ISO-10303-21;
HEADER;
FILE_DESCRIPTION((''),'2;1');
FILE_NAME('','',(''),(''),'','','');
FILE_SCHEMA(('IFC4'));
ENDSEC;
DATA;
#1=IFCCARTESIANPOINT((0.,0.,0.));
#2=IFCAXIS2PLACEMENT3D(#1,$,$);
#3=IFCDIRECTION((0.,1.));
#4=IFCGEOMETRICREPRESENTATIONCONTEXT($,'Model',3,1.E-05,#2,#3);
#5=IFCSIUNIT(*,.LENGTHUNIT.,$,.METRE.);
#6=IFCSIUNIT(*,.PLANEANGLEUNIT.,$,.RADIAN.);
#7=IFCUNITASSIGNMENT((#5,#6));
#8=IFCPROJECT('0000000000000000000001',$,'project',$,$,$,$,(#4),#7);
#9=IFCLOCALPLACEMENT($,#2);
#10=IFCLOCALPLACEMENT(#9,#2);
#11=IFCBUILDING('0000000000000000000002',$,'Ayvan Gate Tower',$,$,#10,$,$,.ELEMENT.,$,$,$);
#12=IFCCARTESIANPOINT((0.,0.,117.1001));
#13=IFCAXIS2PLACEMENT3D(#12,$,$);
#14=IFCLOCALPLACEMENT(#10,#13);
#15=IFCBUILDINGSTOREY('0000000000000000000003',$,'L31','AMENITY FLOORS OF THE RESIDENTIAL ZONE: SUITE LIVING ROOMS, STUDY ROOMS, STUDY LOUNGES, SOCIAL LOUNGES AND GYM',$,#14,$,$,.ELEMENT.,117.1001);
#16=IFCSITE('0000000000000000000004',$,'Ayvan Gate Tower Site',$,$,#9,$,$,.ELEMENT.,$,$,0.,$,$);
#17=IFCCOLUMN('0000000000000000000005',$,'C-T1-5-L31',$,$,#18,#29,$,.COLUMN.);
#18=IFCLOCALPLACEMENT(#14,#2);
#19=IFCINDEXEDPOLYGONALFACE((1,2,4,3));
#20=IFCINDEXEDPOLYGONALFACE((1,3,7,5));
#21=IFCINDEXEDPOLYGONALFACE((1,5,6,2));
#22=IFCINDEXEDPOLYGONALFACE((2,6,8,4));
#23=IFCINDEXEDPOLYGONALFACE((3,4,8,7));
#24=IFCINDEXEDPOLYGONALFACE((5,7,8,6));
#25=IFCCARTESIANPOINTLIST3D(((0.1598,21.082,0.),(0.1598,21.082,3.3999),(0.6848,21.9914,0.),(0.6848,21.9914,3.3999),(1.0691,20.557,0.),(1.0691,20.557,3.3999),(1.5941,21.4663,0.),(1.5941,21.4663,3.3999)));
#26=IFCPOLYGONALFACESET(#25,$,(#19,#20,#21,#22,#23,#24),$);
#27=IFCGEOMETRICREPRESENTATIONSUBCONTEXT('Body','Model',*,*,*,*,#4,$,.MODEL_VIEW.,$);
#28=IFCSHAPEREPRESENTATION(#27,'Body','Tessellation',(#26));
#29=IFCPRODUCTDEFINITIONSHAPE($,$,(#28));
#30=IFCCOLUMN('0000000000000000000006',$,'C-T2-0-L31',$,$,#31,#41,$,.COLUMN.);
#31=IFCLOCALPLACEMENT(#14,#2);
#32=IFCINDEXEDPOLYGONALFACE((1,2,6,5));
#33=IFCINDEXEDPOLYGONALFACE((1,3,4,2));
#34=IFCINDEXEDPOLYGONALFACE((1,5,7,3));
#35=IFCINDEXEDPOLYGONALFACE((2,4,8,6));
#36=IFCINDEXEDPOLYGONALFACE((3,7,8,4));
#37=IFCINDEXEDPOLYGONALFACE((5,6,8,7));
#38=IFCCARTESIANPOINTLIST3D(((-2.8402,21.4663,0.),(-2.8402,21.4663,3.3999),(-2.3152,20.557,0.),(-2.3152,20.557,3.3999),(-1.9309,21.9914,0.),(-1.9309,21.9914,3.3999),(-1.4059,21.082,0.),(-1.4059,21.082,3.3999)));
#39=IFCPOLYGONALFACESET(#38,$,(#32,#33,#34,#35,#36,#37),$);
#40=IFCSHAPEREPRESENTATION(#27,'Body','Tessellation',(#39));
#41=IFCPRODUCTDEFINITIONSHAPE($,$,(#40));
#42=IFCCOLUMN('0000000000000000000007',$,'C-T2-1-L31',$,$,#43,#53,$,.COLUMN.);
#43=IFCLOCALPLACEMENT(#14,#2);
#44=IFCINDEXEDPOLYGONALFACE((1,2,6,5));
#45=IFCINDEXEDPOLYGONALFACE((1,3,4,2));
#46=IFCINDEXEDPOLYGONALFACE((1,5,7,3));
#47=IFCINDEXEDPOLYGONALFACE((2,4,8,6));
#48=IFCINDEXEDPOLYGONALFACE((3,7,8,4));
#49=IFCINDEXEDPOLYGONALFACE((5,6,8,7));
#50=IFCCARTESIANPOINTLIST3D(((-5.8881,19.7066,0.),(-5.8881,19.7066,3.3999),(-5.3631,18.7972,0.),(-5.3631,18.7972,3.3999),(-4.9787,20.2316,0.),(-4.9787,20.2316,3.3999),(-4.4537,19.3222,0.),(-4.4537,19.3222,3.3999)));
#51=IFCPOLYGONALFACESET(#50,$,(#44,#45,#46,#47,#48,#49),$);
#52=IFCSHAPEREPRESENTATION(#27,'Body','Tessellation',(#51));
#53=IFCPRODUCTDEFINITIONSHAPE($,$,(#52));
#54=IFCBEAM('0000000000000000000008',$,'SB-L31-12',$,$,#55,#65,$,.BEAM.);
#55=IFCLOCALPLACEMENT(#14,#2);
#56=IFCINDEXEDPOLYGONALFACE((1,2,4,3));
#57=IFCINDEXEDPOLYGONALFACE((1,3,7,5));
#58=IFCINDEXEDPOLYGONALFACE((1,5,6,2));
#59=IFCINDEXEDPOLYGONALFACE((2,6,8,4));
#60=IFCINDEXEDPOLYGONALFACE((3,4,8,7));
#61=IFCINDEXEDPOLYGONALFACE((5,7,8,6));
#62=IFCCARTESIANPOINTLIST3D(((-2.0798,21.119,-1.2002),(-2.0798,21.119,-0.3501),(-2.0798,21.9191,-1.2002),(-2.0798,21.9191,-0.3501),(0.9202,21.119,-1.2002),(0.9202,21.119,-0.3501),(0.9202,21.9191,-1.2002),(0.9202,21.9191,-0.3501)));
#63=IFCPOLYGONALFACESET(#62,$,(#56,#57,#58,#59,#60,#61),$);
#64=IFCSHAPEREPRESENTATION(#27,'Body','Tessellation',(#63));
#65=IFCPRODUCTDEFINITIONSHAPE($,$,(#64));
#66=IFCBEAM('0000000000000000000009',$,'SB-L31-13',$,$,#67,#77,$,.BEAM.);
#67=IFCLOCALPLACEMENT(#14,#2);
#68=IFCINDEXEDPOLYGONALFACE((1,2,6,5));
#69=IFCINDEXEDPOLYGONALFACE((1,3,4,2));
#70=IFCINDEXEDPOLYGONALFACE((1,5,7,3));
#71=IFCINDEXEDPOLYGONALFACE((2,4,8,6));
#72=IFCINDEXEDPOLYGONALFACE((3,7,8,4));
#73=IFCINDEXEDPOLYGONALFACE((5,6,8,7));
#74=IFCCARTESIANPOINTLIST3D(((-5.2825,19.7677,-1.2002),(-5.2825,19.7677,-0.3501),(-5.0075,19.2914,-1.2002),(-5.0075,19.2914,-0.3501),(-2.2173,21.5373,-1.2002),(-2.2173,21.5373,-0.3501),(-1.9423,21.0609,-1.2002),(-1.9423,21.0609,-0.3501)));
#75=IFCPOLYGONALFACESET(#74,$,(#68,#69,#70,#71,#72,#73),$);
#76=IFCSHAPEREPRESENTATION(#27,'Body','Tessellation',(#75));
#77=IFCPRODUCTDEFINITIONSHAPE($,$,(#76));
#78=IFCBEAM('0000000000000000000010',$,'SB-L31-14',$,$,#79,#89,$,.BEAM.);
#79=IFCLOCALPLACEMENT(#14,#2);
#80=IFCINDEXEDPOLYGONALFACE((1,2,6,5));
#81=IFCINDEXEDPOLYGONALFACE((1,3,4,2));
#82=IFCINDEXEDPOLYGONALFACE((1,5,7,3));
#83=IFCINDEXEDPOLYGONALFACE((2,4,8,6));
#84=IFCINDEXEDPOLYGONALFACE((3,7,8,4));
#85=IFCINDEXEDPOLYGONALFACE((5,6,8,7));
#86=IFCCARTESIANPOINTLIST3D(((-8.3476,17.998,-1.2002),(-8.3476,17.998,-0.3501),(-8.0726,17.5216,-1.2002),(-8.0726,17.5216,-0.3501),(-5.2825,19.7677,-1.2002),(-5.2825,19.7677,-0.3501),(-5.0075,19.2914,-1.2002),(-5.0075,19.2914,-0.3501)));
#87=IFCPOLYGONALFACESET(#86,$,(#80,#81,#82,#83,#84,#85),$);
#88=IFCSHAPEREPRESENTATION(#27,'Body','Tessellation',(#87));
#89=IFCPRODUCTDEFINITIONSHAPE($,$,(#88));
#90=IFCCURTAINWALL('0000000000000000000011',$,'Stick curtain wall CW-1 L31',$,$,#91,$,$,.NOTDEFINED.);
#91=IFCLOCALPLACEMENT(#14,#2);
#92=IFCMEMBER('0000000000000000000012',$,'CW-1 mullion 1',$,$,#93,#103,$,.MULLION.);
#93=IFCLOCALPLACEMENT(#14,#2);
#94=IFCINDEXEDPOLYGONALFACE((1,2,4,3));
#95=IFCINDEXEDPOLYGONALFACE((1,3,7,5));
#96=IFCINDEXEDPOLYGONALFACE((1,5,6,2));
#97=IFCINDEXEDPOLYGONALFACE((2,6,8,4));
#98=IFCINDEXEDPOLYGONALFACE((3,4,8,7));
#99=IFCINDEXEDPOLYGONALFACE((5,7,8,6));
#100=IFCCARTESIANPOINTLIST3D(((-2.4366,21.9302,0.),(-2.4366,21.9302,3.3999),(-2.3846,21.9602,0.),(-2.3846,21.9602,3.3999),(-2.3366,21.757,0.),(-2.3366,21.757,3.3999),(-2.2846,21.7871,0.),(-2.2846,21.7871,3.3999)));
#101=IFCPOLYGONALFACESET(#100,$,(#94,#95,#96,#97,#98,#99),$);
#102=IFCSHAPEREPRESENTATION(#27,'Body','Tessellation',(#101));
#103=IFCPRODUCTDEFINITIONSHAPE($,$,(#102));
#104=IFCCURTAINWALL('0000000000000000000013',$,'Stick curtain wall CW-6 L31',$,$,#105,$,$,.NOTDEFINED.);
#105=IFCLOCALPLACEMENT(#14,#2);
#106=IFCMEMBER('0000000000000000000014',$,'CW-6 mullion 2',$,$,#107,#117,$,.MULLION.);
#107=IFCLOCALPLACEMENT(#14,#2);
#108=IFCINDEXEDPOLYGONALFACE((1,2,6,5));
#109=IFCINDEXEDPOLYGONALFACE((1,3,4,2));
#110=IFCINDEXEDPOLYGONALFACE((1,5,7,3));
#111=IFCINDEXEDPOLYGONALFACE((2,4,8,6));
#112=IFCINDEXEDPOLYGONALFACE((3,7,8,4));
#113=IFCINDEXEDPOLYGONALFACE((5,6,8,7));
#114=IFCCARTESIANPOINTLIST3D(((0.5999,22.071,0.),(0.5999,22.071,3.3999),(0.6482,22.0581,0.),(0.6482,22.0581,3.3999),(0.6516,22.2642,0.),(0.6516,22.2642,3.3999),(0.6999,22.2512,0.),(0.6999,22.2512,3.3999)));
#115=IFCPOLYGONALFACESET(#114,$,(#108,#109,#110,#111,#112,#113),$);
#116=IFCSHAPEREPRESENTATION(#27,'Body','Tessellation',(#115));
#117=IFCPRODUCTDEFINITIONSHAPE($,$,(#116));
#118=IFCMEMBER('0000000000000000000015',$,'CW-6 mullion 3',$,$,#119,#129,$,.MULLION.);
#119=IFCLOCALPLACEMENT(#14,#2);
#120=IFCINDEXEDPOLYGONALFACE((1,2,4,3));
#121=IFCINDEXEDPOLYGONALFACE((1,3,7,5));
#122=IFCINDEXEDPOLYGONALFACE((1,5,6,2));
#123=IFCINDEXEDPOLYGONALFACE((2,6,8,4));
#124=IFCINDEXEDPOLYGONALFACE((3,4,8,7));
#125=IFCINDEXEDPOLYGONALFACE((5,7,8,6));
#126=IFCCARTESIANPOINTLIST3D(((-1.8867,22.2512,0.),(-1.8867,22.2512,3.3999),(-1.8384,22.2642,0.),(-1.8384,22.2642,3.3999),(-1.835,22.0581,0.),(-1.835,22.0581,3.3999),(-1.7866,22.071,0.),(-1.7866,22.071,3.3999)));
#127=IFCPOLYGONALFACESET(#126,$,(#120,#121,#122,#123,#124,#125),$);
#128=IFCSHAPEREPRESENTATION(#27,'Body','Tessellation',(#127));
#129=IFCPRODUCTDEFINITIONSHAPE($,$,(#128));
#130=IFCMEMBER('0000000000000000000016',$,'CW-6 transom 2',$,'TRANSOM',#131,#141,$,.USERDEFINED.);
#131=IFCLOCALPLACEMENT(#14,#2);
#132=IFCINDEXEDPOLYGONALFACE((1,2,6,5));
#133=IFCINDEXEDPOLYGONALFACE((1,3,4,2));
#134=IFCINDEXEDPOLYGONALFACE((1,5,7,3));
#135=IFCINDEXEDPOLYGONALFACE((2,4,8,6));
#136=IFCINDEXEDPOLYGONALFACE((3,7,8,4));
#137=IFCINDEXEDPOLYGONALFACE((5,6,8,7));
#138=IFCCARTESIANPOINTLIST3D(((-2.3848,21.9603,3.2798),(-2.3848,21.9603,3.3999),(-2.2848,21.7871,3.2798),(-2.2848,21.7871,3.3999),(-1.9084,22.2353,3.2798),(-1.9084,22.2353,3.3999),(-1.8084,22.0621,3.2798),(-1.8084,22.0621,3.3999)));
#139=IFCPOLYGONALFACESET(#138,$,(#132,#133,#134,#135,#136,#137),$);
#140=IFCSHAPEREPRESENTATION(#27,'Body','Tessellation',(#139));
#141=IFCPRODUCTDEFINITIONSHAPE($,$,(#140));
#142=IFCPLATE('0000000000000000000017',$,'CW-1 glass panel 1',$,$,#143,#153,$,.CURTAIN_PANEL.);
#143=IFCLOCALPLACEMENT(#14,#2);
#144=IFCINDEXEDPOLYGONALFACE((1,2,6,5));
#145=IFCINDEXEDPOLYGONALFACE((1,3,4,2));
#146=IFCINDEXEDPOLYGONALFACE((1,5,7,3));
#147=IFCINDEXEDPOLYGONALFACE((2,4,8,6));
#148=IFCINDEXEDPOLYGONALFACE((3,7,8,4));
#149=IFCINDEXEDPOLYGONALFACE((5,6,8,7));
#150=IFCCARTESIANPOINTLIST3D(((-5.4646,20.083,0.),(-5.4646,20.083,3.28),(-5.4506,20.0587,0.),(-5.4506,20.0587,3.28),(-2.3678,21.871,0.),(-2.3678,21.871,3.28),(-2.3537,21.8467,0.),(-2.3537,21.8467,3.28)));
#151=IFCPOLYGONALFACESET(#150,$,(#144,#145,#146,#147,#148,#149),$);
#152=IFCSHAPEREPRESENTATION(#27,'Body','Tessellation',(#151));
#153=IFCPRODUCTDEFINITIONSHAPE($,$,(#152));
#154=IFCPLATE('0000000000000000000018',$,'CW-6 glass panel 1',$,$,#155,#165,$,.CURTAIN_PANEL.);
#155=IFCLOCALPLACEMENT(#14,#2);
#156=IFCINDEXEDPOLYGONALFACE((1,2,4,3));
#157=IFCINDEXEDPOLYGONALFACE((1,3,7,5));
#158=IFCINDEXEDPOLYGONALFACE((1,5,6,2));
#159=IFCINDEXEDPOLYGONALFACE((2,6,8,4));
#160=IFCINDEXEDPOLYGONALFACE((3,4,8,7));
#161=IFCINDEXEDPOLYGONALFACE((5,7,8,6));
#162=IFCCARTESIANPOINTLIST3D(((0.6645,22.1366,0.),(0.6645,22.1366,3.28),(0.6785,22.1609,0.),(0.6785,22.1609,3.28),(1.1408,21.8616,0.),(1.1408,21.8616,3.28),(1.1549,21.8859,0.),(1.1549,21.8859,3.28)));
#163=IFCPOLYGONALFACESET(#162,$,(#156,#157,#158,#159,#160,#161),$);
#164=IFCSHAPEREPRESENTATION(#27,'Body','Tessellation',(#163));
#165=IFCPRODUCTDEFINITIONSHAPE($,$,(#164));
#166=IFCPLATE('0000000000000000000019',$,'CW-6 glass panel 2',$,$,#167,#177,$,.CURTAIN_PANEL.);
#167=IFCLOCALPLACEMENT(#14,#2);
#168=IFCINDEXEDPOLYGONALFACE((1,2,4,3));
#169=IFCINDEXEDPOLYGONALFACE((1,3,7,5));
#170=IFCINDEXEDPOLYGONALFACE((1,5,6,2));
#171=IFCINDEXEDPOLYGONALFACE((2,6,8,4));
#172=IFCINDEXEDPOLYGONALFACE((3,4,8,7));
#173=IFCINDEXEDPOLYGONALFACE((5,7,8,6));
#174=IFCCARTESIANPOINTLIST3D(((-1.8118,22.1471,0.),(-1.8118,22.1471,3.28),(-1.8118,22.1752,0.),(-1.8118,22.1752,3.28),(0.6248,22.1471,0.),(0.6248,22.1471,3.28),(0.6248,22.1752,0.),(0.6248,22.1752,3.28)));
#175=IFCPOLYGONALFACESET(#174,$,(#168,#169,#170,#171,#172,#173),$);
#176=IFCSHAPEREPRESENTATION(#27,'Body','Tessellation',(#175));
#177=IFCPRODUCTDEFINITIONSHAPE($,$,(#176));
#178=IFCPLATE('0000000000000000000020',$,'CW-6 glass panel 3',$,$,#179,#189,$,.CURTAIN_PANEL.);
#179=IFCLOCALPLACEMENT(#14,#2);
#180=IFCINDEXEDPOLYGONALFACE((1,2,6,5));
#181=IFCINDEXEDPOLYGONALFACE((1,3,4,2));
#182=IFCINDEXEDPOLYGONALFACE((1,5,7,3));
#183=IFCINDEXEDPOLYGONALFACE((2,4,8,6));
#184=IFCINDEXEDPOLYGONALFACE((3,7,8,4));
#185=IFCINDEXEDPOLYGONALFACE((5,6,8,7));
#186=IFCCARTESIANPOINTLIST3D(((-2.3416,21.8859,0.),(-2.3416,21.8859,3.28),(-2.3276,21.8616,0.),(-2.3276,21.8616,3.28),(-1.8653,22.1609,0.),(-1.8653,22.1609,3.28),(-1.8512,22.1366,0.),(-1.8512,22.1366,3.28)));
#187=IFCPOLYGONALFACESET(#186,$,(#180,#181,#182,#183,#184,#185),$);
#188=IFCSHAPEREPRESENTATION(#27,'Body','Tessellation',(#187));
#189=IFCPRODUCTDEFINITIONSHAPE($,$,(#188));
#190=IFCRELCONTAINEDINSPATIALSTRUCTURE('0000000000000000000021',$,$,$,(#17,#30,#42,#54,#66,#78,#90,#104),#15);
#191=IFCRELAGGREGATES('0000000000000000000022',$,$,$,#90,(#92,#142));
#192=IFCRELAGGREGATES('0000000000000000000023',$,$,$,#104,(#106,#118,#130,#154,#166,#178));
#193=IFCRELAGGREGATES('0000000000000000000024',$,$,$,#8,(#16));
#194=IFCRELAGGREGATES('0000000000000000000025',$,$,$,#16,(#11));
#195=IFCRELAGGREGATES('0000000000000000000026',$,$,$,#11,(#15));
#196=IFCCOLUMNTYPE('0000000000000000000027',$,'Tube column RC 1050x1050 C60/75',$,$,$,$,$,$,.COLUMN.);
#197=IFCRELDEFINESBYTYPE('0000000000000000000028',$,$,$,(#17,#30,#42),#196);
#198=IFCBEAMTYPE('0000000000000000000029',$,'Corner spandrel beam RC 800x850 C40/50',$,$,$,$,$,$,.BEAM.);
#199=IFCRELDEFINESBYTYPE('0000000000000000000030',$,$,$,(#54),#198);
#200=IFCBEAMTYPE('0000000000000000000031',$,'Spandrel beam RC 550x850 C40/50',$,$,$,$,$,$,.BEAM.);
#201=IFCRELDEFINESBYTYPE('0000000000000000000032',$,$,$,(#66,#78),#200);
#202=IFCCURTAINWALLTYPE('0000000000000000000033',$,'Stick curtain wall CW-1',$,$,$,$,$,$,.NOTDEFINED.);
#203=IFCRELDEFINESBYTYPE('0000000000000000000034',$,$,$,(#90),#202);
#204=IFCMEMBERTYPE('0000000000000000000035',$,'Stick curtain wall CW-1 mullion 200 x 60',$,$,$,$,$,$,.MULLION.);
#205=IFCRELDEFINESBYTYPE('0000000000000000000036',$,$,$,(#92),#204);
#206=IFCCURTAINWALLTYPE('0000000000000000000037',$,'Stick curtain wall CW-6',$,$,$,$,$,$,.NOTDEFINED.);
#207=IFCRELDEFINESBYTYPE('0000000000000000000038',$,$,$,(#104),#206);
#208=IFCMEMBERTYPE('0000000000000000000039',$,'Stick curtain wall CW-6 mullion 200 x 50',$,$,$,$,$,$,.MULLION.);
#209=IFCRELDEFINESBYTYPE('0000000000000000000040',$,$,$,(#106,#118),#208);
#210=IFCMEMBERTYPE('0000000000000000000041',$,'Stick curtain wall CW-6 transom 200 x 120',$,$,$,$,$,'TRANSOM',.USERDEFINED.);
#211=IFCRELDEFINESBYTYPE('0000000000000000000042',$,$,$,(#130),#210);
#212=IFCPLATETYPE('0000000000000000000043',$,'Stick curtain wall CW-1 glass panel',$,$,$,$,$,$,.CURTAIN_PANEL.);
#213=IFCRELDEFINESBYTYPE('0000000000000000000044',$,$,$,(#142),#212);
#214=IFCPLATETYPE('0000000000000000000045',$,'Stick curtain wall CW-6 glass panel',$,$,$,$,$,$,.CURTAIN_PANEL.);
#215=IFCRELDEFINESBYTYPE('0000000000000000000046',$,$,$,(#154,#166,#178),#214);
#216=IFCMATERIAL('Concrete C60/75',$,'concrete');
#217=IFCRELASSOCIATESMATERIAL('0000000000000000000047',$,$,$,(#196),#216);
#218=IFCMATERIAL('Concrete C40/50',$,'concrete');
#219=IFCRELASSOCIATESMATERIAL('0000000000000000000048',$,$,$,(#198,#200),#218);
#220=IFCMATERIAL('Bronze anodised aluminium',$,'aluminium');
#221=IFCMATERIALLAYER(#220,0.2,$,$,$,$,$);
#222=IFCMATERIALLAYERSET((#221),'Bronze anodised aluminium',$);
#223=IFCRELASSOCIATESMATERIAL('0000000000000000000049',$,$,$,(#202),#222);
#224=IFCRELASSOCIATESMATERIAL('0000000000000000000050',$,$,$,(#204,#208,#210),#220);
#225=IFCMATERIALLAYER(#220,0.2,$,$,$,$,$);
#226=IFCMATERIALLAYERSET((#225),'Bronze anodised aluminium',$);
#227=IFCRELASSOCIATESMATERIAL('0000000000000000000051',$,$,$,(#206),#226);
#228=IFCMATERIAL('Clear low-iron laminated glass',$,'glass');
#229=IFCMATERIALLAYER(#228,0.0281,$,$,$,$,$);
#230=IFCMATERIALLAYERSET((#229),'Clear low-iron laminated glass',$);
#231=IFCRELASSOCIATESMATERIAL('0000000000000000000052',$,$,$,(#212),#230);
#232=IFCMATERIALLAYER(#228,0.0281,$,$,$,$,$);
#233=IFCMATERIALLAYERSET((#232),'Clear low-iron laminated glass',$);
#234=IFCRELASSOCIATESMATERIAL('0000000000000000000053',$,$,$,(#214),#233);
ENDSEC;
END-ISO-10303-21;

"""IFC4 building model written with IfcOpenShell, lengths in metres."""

from ifc_helpers import new_model, si_unit, direction, frame, origin, origin_2d, place, context, subcontext, project, spatial, rectangle, extrude, material, layer, layer_set, material_profile, profile_set, type_object, element, aggregate, save


model = new_model("IFC4")

# Units and contexts
model_context = context("Model", 3, precision=1e-05, world=origin(), true_north=direction((0.0, 1.0)))
body_context = subcontext(model_context, "Body", "Model", "MODEL_VIEW")
ifc_project = project(units=[si_unit("LENGTHUNIT", "METRE"), si_unit("PLANEANGLEUNIT", "RADIAN")], contexts=[model_context])

# Site, building, storey
site_placement = place(None, origin())
site = spatial("IfcSite", under=ifc_project, at=site_placement, Name="Ayvan Gate Tower Site", CompositionType="ELEMENT", RefElevation=0.0)
building_placement = place(site_placement, origin())
building = spatial("IfcBuilding", under=site, at=building_placement, Name="Ayvan Gate Tower", CompositionType="ELEMENT")
storey_placement = place(building_placement, frame((0.0, 0.0, 117.1001)))
storey = spatial("IfcBuildingStorey", under=building, at=storey_placement, Name="L31", Description="AMENITY FLOORS OF THE RESIDENTIAL ZONE: SUITE LIVING ROOMS, STUDY ROOMS, STUDY LOUNGES, SOCIAL LOUNGES AND GYM", CompositionType="ELEMENT", Elevation=117.1001)

# Columns
ifc_material_1 = material(Name="Concrete C60/75", Category="concrete")
ifc_material_profile_1 = material_profile(ifc_material_1, rectangle(XDim=1.05, YDim=1.05, at=origin_2d()), Name="RC 1050x1050")
ifc_profile_set_1 = profile_set([ifc_material_profile_1], Name="Concrete C60/75")
column_type = type_object("IfcColumnType", Name="Tube column RC 1050x1050 C60/75", PredefinedType="COLUMN", material=ifc_profile_set_1)
for number, where, z_axis, x_axis, name in (
    (1, (0.877, 21.2742, 0.0), (0.0, 0.0, 1.0), (0.5, 0.866025, 0.0), "C-T1-5-L31"),
    (2, (-2.123, 21.2742, 0.0), (0.0, 0.0, 1.0), (-0.5, 0.866025, 0.0), "C-T2-0-L31"),
    (3, (-5.1709, 19.5144, 0.0), (0.0, 0.0, 1.0), (-0.5, 0.866025, 0.0), "C-T2-1-L31"),
):
    element("IfcColumn", number, at=place(storey_placement, frame(where, z_axis=z_axis, x_axis=x_axis)), inside=storey, type_object=column_type, Name=name, PredefinedType="COLUMN", context=body_context, shape_type="SweptSolid", body=[
        extrude(rectangle(XDim=1.05, YDim=1.05, at=origin_2d()), origin(), (0.0, 0.0, 1.0), 3.3999),
    ])

# Beams
ifc_material_2 = material(Name="Concrete C40/50", Category="concrete")
ifc_material_profile_2 = material_profile(ifc_material_2, rectangle(XDim=0.8, YDim=0.8501, at=origin_2d()), Name="RC 800x850")
ifc_profile_set_2 = profile_set([ifc_material_profile_2], Name="Concrete C40/50")
beam_type_1 = type_object("IfcBeamType", Name="Corner spandrel beam RC 800x850 C40/50", PredefinedType="BEAM", material=ifc_profile_set_2)
beam_placement = place(storey_placement, frame((0.9202, 21.519, -0.7751), z_axis=(-1.0, 0.0, 0.0), x_axis=(0.0, -1.0, 0.0)))
element("IfcBeam", 4, at=beam_placement, inside=storey, type_object=beam_type_1, Name="SB-L31-12", PredefinedType="BEAM", context=body_context, shape_type="SweptSolid", body=[
    extrude(rectangle(XDim=0.8, YDim=0.8501, at=origin_2d()), origin(), (0.0, 0.0, 1.0), 3.0),
])
ifc_material_profile_3 = material_profile(ifc_material_2, rectangle(XDim=0.55, YDim=0.8501, at=origin_2d()), Name="RC 550x850")
ifc_profile_set_3 = profile_set([ifc_material_profile_3], Name="Concrete C40/50")
beam_type_2 = type_object("IfcBeamType", Name="Spandrel beam RC 550x850 C40/50", PredefinedType="BEAM", material=ifc_profile_set_3)
for number, where, z_axis, x_axis, name in (
    (5, (-2.0798, 21.2991, -0.7751), (-0.866044, -0.499967, 0.0), (0.499967, -0.866044, 0.0), "SB-L31-13"),
    (6, (-5.145, 19.5295, -0.7751), (-0.866014, -0.500019, 0.0), (0.500019, -0.866014, 0.0), "SB-L31-14"),
):
    element("IfcBeam", number, at=place(storey_placement, frame(where, z_axis=z_axis, x_axis=x_axis)), inside=storey, type_object=beam_type_2, Name=name, PredefinedType="BEAM", context=body_context, shape_type="SweptSolid", body=[
        extrude(rectangle(XDim=0.55, YDim=0.8501, at=origin_2d()), origin(), (0.0, 0.0, 1.0), 3.5393),
    ])

# Curtain wall, member
ifc_material_3 = material(Name="Bronze anodised aluminium", Category="aluminium")
ifc_layer_1 = layer(ifc_material_3, 0.2)
ifc_layer_set_1 = layer_set([ifc_layer_1], Name="Bronze anodised aluminium")
curtain_wall_type_1 = type_object("IfcCurtainWallType", Name="Stick curtain wall CW-1", PredefinedType="NOTDEFINED", material=ifc_layer_set_1)
curtain_wall_1_placement = place(storey_placement, origin())
curtain_wall_1 = element("IfcCurtainWall", 7, at=curtain_wall_1_placement, inside=storey, type_object=curtain_wall_type_1, Name="Stick curtain wall CW-1 L31", PredefinedType="NOTDEFINED")
ifc_material_profile_4 = material_profile(ifc_material_3, rectangle(XDim=0.2, YDim=0.0601, at=origin_2d()), Name="Stick curtain wall CW-1 mullion 200 x 60")
ifc_profile_set_4 = profile_set([ifc_material_profile_4], Name="Bronze anodised aluminium")
member_type_1 = type_object("IfcMemberType", Name="Stick curtain wall CW-1 mullion 200 x 60", PredefinedType="MULLION", material=ifc_profile_set_4)
member_1_placement = place(storey_placement, frame((-2.3606, 21.8586, 0.0), z_axis=(0.0, 0.0, 1.0), x_axis=(-0.5, 0.866025, 0.0)))
member_1 = element("IfcMember", 8, at=member_1_placement, type_object=member_type_1, Name="CW-1 mullion 1", PredefinedType="MULLION", context=body_context, shape_type="SweptSolid", body=[
    extrude(rectangle(XDim=0.2, YDim=0.0601, at=origin_2d()), origin(), (0.0, 0.0, 1.0), 3.3999),
])

# Curtain wall, members
ifc_layer_2 = layer(ifc_material_3, 0.2)
ifc_layer_set_2 = layer_set([ifc_layer_2], Name="Bronze anodised aluminium")
curtain_wall_type_2 = type_object("IfcCurtainWallType", Name="Stick curtain wall CW-6", PredefinedType="NOTDEFINED", material=ifc_layer_set_2)
curtain_wall_2_placement = place(storey_placement, origin())
curtain_wall_2 = element("IfcCurtainWall", 9, at=curtain_wall_2_placement, inside=storey, type_object=curtain_wall_type_2, Name="Stick curtain wall CW-6 L31", PredefinedType="NOTDEFINED")
ifc_material_profile_5 = material_profile(ifc_material_3, rectangle(XDim=0.2, YDim=0.05, at=origin_2d()), Name="Stick curtain wall CW-6 mullion 200 x 50")
ifc_profile_set_5 = profile_set([ifc_material_profile_5], Name="Bronze anodised aluminium")
member_type_2 = type_object("IfcMemberType", Name="Stick curtain wall CW-6 mullion 200 x 50", PredefinedType="MULLION", material=ifc_profile_set_5)
member_2_placement = place(storey_placement, frame((0.6499, 22.1611, 0.0), z_axis=(0.0, 0.0, 1.0), x_axis=(0.258819, 0.965926, 0.0)))
member_2 = element("IfcMember", 10, at=member_2_placement, type_object=member_type_2, Name="CW-6 mullion 2", PredefinedType="MULLION", context=body_context, shape_type="SweptSolid", body=[
    extrude(rectangle(XDim=0.2, YDim=0.05, at=origin_2d()), origin(), (0.0, 0.0, 1.0), 3.3999),
])
member_3_placement = place(storey_placement, frame((-1.8367, 22.1611, 0.0), z_axis=(0.0, 0.0, 1.0), x_axis=(-0.258819, 0.965926, 0.0)))
member_3 = element("IfcMember", 11, at=member_3_placement, type_object=member_type_2, Name="CW-6 mullion 3", PredefinedType="MULLION", context=body_context, shape_type="SweptSolid", body=[
    extrude(rectangle(XDim=0.2, YDim=0.05, at=origin_2d()), origin(), (0.0, 0.0, 1.0), 3.3999),
])
ifc_material_profile_6 = material_profile(ifc_material_3, rectangle(XDim=0.2, YDim=0.1201, at=origin_2d()), Name="Stick curtain wall CW-6 transom 200 x 120")
ifc_profile_set_6 = profile_set([ifc_material_profile_6], Name="Bronze anodised aluminium")
member_type_3 = type_object("IfcMemberType", Name="Stick curtain wall CW-6 transom 200 x 120", ElementType="TRANSOM", PredefinedType="USERDEFINED", material=ifc_profile_set_6)
member_4_placement = place(storey_placement, frame((-1.8584, 22.1487, 3.3398), z_axis=(-0.866104, -0.499863, 0.0), x_axis=(0.499863, -0.866104, 0.0)))
member_4 = element("IfcMember", 12, at=member_4_placement, type_object=member_type_3, Name="CW-6 transom 2", ObjectType="TRANSOM", PredefinedType="USERDEFINED", context=body_context, shape_type="SweptSolid", body=[
    extrude(rectangle(XDim=0.2, YDim=0.1201, at=origin_2d()), origin(), (0.0, 0.0, 1.0), 0.55),
])

# Plates
ifc_material_4 = material(Name="Clear low-iron laminated glass", Category="glass")
ifc_layer_3 = layer(ifc_material_4, 0.0281)
ifc_layer_set_3 = layer_set([ifc_layer_3], Name="Clear low-iron laminated glass")
plate_type_1 = type_object("IfcPlateType", Name="Stick curtain wall CW-1 glass panel", PredefinedType="CURTAIN_PANEL", material=ifc_layer_set_3)
plate_1_placement = place(storey_placement, frame((-3.9092, 20.9648, 0.0), z_axis=(0.0, 0.0, 1.0), x_axis=(-0.866025, -0.5, 0.0)))
plate_1 = element("IfcPlate", 13, at=plate_1_placement, type_object=plate_type_1, Name="CW-1 glass panel 1", PredefinedType="CURTAIN_PANEL", context=body_context, shape_type="SweptSolid", body=[
    extrude(rectangle(XDim=3.5759, YDim=0.0281, at=origin_2d()), origin(), (0.0, 0.0, 1.0), 3.28),
])
aggregate(curtain_wall_1, [member_1, plate_1])
ifc_layer_4 = layer(ifc_material_4, 0.0281)
ifc_layer_set_4 = layer_set([ifc_layer_4], Name="Clear low-iron laminated glass")
plate_type_2 = type_object("IfcPlateType", Name="Stick curtain wall CW-6 glass panel", PredefinedType="CURTAIN_PANEL", material=ifc_layer_set_4)
plate_2_placement = place(storey_placement, frame((0.9097, 22.0112, 0.0), z_axis=(0.0, 0.0, 1.0), x_axis=(-0.866025, 0.5, 0.0)))
plate_2 = element("IfcPlate", 14, at=plate_2_placement, type_object=plate_type_2, Name="CW-6 glass panel 1", PredefinedType="CURTAIN_PANEL", context=body_context, shape_type="SweptSolid", body=[
    extrude(rectangle(XDim=0.55, YDim=0.0281, at=origin_2d()), origin(), (0.0, 0.0, 1.0), 3.28),
])
plate_3_placement = place(storey_placement, frame((-0.5935, 22.1611, 0.0), z_axis=(0.0, 0.0, 1.0), x_axis=(-1.0, 0.0, 0.0)))
plate_3 = element("IfcPlate", 15, at=plate_3_placement, type_object=plate_type_2, Name="CW-6 glass panel 2", PredefinedType="CURTAIN_PANEL", context=body_context, shape_type="SweptSolid", body=[
    extrude(rectangle(XDim=2.4365, YDim=0.0281, at=origin_2d()), origin(), (0.0, 0.0, 1.0), 3.28),
])
plate_4_placement = place(storey_placement, frame((-2.0964, 22.0112, 0.0), z_axis=(0.0, 0.0, 1.0), x_axis=(-0.866025, -0.5, 0.0)))
plate_4 = element("IfcPlate", 16, at=plate_4_placement, type_object=plate_type_2, Name="CW-6 glass panel 3", PredefinedType="CURTAIN_PANEL", context=body_context, shape_type="SweptSolid", body=[
    extrude(rectangle(XDim=0.55, YDim=0.0281, at=origin_2d()), origin(), (0.0, 0.0, 1.0), 3.28),
])
aggregate(curtain_wall_2, [member_2, member_3, member_4, plate_2, plate_3, plate_4])

save(model, "model.ifc")
